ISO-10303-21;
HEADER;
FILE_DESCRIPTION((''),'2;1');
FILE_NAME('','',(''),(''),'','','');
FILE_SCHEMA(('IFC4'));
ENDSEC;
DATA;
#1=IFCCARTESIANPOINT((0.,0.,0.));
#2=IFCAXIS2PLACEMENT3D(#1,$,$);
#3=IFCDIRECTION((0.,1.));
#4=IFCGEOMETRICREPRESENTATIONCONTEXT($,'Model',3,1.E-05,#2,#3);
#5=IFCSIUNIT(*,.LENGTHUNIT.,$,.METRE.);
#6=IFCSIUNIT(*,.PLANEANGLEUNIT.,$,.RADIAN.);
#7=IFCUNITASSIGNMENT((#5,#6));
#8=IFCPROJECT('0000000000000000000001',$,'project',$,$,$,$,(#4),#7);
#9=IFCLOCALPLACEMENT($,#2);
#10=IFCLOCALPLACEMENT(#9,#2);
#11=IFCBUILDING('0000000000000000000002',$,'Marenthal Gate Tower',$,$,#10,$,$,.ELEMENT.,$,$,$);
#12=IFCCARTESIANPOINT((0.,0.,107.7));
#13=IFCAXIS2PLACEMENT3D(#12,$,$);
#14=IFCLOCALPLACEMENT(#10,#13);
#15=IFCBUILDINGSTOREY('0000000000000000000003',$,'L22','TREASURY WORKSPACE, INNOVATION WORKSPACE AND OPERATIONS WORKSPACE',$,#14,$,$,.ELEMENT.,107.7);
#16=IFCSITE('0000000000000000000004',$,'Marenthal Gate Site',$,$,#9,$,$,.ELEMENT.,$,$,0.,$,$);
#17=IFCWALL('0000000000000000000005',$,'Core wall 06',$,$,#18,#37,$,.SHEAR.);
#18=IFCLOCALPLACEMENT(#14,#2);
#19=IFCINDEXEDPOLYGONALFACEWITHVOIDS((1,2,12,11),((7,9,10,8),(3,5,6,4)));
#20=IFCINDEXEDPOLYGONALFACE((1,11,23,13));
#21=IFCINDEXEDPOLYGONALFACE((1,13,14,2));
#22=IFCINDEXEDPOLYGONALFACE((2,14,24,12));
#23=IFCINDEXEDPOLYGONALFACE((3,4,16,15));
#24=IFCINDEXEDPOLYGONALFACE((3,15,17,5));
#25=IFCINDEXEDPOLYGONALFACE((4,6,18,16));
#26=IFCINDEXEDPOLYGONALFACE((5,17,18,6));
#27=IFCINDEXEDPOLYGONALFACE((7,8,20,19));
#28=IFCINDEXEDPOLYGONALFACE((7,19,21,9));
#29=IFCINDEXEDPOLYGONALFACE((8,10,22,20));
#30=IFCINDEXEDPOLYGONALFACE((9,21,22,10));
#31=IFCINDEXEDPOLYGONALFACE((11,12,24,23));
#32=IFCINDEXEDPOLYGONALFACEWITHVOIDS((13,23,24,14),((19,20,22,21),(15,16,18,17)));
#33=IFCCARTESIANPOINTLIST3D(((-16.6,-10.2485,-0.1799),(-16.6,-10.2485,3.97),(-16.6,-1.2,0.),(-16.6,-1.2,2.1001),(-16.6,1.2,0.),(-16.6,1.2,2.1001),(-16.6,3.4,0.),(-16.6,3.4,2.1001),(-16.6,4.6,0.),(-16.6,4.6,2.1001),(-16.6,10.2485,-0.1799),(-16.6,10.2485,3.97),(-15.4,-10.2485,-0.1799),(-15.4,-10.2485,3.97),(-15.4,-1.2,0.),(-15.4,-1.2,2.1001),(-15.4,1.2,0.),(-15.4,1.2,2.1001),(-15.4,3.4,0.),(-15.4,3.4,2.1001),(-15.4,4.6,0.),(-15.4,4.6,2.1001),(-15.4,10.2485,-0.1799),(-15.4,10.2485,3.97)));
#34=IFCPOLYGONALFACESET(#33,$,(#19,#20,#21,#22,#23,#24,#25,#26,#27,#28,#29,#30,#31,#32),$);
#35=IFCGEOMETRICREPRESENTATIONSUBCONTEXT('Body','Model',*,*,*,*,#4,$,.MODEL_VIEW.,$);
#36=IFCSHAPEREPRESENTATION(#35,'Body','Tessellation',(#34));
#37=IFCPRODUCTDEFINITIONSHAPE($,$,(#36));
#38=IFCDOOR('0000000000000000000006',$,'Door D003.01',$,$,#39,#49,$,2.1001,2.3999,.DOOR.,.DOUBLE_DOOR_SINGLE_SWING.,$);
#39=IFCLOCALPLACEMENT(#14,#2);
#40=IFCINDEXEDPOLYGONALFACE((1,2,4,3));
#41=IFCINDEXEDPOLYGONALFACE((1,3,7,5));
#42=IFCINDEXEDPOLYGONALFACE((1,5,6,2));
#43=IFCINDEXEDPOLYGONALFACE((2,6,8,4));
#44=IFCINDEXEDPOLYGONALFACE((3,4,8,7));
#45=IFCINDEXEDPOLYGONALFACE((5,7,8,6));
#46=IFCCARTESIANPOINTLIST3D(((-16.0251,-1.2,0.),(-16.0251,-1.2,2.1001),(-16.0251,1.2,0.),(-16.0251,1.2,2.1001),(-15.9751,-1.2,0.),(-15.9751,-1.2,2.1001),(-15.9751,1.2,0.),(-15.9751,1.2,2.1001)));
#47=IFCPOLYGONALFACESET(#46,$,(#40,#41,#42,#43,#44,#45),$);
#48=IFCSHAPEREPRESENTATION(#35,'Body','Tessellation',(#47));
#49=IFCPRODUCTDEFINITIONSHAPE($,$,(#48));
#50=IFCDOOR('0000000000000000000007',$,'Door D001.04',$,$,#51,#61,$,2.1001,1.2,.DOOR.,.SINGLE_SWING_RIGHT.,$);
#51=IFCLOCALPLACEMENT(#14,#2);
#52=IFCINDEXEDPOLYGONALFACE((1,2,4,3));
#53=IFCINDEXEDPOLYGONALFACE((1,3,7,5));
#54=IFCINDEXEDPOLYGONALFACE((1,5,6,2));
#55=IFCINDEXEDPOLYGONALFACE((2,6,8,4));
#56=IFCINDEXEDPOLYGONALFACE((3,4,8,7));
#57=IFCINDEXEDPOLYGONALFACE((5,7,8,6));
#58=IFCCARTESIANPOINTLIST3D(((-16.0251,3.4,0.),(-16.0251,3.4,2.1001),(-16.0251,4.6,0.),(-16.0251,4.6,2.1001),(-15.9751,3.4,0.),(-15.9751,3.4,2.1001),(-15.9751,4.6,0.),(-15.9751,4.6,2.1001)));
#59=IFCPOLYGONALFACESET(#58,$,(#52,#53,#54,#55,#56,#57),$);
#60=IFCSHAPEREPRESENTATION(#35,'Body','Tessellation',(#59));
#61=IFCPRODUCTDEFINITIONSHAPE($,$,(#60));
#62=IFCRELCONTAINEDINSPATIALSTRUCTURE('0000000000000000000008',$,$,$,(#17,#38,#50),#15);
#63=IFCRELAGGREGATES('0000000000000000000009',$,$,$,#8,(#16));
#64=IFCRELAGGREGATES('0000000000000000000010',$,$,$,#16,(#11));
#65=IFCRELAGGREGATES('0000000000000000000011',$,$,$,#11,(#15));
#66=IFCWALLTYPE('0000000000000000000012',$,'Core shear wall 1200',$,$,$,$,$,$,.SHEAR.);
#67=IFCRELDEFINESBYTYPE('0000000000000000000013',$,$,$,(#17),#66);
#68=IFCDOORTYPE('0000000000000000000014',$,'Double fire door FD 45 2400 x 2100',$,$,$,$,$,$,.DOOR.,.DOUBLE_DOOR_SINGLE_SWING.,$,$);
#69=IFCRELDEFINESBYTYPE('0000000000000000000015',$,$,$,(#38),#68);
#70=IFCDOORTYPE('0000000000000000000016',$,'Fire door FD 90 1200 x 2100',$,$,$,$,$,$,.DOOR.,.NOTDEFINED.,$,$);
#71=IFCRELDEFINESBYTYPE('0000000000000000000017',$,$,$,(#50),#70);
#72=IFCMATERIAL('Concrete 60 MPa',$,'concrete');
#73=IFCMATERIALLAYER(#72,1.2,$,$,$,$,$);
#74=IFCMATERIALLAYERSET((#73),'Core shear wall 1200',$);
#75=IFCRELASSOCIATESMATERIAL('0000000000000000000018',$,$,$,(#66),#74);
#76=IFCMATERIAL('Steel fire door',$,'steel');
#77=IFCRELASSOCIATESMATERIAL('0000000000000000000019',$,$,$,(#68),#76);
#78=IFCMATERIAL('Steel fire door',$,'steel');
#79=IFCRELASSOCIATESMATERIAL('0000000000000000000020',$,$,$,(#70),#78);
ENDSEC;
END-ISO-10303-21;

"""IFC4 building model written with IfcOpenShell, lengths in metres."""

from ifc_helpers import new_model, si_unit, direction, frame, frame_2d, origin, place, context, subcontext, project, spatial, rectangle, extrude, material, layer, layer_set, type_object, element, fill, save


model = new_model("IFC4")

# Units and contexts
model_context = context("Model", 3, precision=1e-05, world=origin(), true_north=direction((0.0, 1.0)))
body_context = subcontext(model_context, "Body", "Model", "MODEL_VIEW")
ifc_project = project(units=[si_unit("LENGTHUNIT", "METRE"), si_unit("PLANEANGLEUNIT", "RADIAN")], contexts=[model_context])

# Site, building, storey
site_placement = place(None, origin())
site = spatial("IfcSite", under=ifc_project, at=site_placement, Name="Marenthal Gate Site", CompositionType="ELEMENT", RefElevation=0.0)
building_placement = place(site_placement, origin())
building = spatial("IfcBuilding", under=site, at=building_placement, Name="Marenthal Gate Tower", CompositionType="ELEMENT")
storey_placement = place(building_placement, frame((0.0, 0.0, 107.7)))
storey = spatial("IfcBuildingStorey", under=building, at=storey_placement, Name="L22", Description="TREASURY WORKSPACE, INNOVATION WORKSPACE AND OPERATIONS WORKSPACE", CompositionType="ELEMENT", Elevation=107.7)

# Wall, openings, doors
ifc_material_1 = material(Name="Concrete 60 MPa", Category="concrete")
ifc_layer_1 = layer(ifc_material_1, 1.2)
ifc_layer_set_1 = layer_set([ifc_layer_1], Name="Core shear wall 1200")
wall_type_1 = type_object("IfcWallType", Name="Core shear wall 1200", PredefinedType="SHEAR", material=ifc_layer_set_1)
wall_1_placement = place(storey_placement, frame((-16.0, 10.2485, -0.1799), z_axis=(0.0, 0.0, 1.0), x_axis=(0.0, -1.0, 0.0)))
wall_1 = element("IfcWall", 1, at=wall_1_placement, inside=storey, type_object=wall_type_1, Name="Core wall 06", PredefinedType="SHEAR", context=body_context, shape_type="SweptSolid", body=[
    extrude(rectangle(XDim=20.4971, YDim=1.2, at=frame_2d((10.2485, 0.0))), origin(), (0.0, 0.0, 1.0), 4.1499),
])
opening_1_placement = place(wall_1_placement, frame((9.0486, 0.0, 0.1799)))
opening_1 = element("IfcOpeningElement", 2, at=opening_1_placement, cuts=wall_1, PredefinedType="OPENING", context=body_context, shape_type="SweptSolid", body=[
    extrude(rectangle(XDim=2.3999, YDim=2.1001, at=frame_2d((1.2, 1.05))), frame((0.0, 0.6099, 0.0), z_axis=(0.0, -1.0, 0.0), x_axis=(1.0, 0.0, 0.0)), (0.0, 0.0, 1.0), 1.22),
])
opening_2_placement = place(wall_1_placement, frame((5.6484, 0.0, 0.1799)))
opening_2 = element("IfcOpeningElement", 3, at=opening_2_placement, cuts=wall_1, PredefinedType="OPENING", context=body_context, shape_type="SweptSolid", body=[
    extrude(rectangle(XDim=1.2, YDim=2.1001, at=frame_2d((0.6001, 1.05))), frame((0.0, 0.6099, 0.0), z_axis=(0.0, -1.0, 0.0), x_axis=(1.0, 0.0, 0.0)), (0.0, 0.0, 1.0), 1.22),
])
ifc_material_2 = material(Name="Steel fire door", Category="steel")
door_type_1 = type_object("IfcDoorType", Name="Double fire door FD 45 2400 x 2100", OperationType="DOUBLE_DOOR_SINGLE_SWING", PredefinedType="DOOR", material=ifc_material_2)
door_1_placement = place(opening_1_placement, origin())
door_1 = element("IfcDoor", 4, at=door_1_placement, inside=storey, type_object=door_type_1, Name="Door D003.01", OperationType="DOUBLE_DOOR_SINGLE_SWING", OverallHeight=2.1001, OverallWidth=2.3999, PredefinedType="DOOR", context=body_context, shape_type="SweptSolid", body=[
    extrude(rectangle(XDim=2.3999, YDim=2.1001, at=frame_2d((1.2, 1.05))), frame((0.0, 0.0249, 0.0), z_axis=(0.0, -1.0, 0.0), x_axis=(1.0, 0.0, 0.0)), (0.0, 0.0, 1.0), 0.05),
])
fill(opening_1, door_1)
ifc_material_3 = material(Name="Steel fire door", Category="steel")
door_type_2 = type_object("IfcDoorType", Name="Fire door FD 90 1200 x 2100", OperationType="NOTDEFINED", PredefinedType="DOOR", material=ifc_material_3)
door_2_placement = place(opening_2_placement, origin())
door_2 = element("IfcDoor", 5, at=door_2_placement, inside=storey, type_object=door_type_2, Name="Door D001.04", OperationType="SINGLE_SWING_RIGHT", OverallHeight=2.1001, OverallWidth=1.2, PredefinedType="DOOR", context=body_context, shape_type="SweptSolid", body=[
    extrude(rectangle(XDim=1.2, YDim=2.1001, at=frame_2d((0.6001, 1.05))), frame((0.0, 0.0249, 0.0), z_axis=(0.0, -1.0, 0.0), x_axis=(1.0, 0.0, 0.0)), (0.0, 0.0, 1.0), 0.05),
])
fill(opening_2, door_2)

save(model, "model.ifc")
